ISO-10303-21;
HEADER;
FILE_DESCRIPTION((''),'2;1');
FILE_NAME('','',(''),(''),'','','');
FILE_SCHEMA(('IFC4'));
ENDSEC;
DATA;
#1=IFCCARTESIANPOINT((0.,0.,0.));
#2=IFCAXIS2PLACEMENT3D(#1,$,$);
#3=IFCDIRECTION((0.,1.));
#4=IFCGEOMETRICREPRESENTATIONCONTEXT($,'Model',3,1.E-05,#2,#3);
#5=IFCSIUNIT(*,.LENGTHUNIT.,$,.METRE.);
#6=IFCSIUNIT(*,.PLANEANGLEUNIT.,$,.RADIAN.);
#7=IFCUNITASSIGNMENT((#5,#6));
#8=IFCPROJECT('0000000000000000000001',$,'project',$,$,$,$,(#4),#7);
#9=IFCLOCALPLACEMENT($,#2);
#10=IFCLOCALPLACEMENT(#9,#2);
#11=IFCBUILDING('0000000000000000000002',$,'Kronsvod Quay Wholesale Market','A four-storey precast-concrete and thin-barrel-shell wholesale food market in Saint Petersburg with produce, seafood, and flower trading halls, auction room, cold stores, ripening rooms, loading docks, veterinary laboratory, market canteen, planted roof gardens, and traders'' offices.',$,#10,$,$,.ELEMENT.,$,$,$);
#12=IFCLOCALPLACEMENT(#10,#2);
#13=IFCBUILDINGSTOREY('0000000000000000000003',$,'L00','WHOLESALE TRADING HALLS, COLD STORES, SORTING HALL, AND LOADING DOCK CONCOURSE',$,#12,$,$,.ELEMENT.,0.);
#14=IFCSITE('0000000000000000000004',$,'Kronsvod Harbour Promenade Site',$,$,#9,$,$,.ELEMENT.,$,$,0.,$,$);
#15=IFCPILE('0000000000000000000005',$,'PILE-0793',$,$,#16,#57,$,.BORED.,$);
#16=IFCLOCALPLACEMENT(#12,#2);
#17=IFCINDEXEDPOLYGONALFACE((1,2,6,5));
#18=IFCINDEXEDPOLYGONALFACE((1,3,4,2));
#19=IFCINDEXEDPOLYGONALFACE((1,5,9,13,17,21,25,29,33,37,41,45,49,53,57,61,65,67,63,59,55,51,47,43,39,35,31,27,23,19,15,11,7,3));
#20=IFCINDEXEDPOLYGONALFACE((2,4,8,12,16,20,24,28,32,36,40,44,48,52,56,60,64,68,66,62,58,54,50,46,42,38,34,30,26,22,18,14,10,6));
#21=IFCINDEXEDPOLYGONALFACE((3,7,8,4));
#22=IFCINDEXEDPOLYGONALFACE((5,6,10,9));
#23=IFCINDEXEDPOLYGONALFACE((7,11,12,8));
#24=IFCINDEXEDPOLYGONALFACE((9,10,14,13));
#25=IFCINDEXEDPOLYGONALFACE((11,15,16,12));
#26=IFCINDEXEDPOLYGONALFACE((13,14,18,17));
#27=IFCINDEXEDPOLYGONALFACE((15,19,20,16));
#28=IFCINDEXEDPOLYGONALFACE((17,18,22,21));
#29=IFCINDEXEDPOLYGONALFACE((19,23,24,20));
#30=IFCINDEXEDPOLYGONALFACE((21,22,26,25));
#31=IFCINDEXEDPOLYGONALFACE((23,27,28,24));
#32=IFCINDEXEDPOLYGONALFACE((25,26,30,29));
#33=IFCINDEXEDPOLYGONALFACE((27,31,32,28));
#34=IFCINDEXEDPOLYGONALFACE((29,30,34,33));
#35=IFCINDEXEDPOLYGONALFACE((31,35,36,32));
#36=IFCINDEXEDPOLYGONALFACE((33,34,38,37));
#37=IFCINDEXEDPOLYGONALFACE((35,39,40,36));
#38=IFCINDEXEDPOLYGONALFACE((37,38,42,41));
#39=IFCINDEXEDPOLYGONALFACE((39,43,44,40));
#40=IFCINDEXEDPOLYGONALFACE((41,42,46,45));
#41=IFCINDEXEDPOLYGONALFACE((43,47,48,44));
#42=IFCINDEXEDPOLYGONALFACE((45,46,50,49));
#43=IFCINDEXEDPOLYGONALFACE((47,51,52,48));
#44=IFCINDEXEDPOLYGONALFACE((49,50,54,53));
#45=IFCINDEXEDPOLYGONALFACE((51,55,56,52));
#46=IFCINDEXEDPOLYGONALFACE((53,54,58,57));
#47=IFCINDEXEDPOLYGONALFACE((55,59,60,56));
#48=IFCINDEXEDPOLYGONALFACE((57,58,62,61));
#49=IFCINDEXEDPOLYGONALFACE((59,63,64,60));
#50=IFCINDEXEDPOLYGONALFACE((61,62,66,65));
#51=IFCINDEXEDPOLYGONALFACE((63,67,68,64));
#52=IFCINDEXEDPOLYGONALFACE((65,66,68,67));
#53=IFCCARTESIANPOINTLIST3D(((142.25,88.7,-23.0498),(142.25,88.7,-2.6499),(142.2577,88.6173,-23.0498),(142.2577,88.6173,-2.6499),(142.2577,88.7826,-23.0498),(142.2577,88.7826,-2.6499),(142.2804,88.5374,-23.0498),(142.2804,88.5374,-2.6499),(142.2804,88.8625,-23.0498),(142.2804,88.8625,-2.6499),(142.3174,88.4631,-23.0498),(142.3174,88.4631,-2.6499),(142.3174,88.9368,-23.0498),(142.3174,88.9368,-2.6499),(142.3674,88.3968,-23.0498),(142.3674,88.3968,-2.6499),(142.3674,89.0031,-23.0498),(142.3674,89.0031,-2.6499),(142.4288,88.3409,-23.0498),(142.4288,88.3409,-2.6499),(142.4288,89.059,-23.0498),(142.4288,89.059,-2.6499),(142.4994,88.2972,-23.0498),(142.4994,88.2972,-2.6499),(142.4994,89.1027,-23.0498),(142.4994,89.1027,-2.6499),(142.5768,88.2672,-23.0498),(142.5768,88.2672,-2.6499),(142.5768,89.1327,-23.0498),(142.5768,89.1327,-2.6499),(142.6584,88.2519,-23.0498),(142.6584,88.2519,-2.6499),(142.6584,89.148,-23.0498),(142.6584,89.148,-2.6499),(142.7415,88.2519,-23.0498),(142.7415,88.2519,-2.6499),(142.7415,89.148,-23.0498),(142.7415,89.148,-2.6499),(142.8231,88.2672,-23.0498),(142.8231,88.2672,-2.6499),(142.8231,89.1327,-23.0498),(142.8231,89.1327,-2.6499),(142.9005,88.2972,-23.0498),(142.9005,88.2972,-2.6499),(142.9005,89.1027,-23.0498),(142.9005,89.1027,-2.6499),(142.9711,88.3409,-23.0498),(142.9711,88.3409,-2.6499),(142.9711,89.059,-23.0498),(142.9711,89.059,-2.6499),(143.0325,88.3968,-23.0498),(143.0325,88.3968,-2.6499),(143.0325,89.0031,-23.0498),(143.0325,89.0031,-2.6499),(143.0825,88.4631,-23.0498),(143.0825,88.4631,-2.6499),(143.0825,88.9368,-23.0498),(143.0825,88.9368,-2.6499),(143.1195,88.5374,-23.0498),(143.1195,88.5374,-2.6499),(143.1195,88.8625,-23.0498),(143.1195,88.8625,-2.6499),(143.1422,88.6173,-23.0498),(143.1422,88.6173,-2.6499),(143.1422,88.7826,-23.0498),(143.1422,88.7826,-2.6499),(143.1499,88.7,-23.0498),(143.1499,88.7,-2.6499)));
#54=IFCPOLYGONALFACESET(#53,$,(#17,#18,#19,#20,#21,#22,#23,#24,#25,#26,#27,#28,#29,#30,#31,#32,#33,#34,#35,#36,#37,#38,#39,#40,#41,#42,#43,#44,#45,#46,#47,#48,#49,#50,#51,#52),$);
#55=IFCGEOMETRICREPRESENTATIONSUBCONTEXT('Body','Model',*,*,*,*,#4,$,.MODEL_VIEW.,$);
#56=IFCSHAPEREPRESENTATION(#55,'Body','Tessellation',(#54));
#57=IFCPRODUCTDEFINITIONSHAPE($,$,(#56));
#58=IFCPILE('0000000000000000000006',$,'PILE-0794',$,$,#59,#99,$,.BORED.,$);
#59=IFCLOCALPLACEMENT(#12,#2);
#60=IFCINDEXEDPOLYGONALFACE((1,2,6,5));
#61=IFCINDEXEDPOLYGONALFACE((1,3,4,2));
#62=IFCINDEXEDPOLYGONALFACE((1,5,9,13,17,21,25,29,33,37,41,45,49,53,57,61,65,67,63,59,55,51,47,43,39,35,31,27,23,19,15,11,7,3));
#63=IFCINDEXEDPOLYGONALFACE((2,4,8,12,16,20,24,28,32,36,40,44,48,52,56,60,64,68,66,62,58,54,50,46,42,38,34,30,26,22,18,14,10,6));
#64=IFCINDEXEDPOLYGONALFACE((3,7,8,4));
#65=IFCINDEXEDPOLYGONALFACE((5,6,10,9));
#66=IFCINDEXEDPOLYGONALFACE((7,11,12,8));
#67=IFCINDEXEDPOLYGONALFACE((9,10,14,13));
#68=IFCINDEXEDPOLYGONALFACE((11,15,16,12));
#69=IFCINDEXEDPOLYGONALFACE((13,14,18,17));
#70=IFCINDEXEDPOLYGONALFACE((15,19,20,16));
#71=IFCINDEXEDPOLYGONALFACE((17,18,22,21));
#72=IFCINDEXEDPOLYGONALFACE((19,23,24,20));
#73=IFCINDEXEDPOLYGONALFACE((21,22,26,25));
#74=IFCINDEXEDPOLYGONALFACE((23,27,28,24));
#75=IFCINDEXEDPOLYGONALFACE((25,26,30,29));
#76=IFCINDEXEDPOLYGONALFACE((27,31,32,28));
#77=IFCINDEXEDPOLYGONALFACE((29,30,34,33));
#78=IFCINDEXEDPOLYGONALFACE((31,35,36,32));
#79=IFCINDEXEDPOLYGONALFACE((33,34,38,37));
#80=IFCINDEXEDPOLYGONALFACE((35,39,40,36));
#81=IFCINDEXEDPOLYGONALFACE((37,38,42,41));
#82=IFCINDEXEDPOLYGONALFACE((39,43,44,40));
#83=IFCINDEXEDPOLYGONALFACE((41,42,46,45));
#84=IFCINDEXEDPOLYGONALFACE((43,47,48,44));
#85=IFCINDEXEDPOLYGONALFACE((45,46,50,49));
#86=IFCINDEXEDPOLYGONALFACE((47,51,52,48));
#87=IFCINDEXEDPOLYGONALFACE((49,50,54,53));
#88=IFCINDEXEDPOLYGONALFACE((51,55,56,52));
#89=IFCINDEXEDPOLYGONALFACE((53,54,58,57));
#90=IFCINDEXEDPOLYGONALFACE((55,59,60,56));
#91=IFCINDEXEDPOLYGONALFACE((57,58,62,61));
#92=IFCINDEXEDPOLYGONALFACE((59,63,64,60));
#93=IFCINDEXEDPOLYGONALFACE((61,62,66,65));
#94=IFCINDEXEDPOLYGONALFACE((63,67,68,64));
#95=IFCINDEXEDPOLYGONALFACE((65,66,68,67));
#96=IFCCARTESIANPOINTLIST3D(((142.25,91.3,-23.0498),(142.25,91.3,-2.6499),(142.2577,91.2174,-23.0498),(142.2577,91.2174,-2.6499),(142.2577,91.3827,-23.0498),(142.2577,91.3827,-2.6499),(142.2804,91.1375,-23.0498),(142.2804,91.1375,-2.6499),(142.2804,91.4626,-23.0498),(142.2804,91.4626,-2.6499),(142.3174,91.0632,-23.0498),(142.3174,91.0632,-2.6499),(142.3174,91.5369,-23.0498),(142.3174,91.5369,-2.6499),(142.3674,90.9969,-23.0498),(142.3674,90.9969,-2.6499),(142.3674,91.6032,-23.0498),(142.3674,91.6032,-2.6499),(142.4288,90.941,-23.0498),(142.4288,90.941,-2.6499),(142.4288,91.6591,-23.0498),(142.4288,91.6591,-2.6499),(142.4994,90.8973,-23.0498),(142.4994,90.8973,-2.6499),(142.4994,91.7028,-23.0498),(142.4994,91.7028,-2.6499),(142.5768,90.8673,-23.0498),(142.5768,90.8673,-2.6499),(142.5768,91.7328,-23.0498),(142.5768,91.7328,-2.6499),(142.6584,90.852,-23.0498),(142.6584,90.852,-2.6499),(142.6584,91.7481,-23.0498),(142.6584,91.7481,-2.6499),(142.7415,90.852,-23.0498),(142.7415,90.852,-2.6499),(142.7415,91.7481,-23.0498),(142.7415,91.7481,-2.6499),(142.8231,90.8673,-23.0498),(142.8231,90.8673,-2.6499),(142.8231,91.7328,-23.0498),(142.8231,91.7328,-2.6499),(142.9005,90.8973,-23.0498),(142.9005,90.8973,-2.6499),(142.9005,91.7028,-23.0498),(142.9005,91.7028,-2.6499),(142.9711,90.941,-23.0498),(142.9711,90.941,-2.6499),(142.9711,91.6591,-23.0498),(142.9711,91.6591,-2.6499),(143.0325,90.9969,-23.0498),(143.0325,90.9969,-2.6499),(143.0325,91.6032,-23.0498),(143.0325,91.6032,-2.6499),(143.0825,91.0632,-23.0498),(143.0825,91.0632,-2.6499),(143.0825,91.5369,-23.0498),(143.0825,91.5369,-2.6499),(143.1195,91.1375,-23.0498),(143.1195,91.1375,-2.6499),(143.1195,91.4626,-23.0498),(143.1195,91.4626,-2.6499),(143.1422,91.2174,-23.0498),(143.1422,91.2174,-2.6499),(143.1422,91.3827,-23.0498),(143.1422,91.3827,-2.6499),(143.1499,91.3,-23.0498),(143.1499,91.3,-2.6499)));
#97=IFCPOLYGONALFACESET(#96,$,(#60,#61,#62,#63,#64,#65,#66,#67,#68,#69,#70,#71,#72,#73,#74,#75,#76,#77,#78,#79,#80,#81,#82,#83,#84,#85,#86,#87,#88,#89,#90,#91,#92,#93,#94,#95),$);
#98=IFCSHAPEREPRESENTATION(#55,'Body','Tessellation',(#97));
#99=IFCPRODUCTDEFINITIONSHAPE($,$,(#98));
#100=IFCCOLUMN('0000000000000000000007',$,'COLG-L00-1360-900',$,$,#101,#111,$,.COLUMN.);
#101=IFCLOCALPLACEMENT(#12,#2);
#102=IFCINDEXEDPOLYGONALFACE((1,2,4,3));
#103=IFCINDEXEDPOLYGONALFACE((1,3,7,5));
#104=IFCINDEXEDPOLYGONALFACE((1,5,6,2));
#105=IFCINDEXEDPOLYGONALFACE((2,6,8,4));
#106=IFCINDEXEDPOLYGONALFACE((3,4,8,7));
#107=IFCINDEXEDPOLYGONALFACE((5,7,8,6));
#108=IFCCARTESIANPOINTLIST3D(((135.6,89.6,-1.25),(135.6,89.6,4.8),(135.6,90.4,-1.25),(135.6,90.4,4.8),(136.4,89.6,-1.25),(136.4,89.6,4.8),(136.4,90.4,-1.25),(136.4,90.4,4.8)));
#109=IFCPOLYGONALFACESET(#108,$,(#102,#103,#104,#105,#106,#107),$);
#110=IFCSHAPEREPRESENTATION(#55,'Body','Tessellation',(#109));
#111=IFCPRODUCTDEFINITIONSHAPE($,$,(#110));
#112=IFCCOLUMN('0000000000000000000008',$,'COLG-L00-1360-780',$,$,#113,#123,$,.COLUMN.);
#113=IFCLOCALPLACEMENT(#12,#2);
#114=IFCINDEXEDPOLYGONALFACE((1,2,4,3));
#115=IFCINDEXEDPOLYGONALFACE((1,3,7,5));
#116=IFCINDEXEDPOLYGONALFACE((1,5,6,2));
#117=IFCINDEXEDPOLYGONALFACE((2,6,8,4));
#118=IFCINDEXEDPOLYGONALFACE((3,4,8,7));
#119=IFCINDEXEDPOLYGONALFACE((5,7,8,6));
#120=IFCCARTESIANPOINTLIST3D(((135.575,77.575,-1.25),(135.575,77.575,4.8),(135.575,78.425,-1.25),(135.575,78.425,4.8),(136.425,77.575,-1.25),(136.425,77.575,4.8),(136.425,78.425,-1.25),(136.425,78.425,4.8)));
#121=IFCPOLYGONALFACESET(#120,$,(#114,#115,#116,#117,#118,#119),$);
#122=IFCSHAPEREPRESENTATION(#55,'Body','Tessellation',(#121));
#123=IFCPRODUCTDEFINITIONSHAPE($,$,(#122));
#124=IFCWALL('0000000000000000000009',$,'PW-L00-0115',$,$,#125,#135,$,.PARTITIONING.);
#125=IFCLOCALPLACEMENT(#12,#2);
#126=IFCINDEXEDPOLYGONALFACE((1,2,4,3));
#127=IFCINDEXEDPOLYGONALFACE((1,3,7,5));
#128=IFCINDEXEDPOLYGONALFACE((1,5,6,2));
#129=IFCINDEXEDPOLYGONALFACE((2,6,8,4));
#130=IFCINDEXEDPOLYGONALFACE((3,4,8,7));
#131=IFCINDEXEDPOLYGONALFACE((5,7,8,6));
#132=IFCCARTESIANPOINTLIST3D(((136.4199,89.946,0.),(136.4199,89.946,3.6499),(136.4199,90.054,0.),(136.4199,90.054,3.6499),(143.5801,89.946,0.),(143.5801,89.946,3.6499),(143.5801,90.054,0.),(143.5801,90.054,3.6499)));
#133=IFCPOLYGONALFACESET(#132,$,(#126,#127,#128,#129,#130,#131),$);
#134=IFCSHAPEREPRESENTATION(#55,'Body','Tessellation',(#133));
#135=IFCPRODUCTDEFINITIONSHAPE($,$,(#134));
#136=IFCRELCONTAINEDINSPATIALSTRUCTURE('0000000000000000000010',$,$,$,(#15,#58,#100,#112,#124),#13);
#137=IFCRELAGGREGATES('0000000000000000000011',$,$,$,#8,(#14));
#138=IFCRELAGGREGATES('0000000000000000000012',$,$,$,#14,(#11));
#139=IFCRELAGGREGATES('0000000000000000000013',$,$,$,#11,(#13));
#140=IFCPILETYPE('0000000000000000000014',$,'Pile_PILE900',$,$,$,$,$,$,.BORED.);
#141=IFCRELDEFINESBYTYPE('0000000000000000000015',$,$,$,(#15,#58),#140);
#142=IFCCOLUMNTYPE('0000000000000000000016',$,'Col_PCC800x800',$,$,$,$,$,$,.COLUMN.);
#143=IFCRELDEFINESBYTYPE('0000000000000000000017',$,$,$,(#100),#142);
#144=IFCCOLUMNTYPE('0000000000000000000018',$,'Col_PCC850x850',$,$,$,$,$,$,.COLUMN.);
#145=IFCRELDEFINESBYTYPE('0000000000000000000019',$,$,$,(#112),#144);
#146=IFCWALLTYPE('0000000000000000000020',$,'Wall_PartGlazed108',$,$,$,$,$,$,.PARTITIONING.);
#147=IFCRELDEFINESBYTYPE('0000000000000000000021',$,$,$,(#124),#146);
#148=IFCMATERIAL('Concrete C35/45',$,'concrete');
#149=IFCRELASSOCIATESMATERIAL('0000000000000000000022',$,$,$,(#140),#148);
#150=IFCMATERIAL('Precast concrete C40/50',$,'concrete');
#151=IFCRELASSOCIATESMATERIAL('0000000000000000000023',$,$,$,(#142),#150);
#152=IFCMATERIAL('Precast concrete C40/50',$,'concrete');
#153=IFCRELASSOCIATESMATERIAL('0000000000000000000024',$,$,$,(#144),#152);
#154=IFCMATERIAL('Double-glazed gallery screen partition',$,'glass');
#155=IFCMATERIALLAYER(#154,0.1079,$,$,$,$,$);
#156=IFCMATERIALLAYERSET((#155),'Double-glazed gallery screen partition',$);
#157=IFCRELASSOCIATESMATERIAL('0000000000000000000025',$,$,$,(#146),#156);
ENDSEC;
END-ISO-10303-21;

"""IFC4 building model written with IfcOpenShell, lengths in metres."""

from ifc_helpers import new_model, si_unit, direction, frame, frame_2d, origin, origin_2d, place, context, subcontext, project, spatial, rectangle, circle, extrude, material, layer, layer_set, material_profile, profile_set, type_object, element, save


model = new_model("IFC4")

# Units and contexts
model_context = context("Model", 3, precision=1e-05, world=origin(), true_north=direction((0.0, 1.0)))
body_context = subcontext(model_context, "Body", "Model", "MODEL_VIEW")
ifc_project = project(units=[si_unit("LENGTHUNIT", "METRE"), si_unit("PLANEANGLEUNIT", "RADIAN")], contexts=[model_context])

# Site, building, storey
site_placement = place(None, origin())
site = spatial("IfcSite", under=ifc_project, at=site_placement, Name="Kronsvod Harbour Promenade Site", CompositionType="ELEMENT", RefElevation=0.0)
building_placement = place(site_placement, origin())
building = spatial("IfcBuilding", under=site, at=building_placement, Name="Kronsvod Quay Wholesale Market", Description="A four-storey precast-concrete and thin-barrel-shell wholesale food market in Saint Petersburg with produce, seafood, and flower trading halls, auction room, cold stores, ripening rooms, loading docks, veterinary laboratory, market canteen, planted roof gardens, and traders' offices.", CompositionType="ELEMENT")
storey_placement = place(building_placement, origin())
storey = spatial("IfcBuildingStorey", under=building, at=storey_placement, Name="L00", Description="WHOLESALE TRADING HALLS, COLD STORES, SORTING HALL, AND LOADING DOCK CONCOURSE", CompositionType="ELEMENT", Elevation=0.0)

# Piles
ifc_material_1 = material(Name="Concrete C35/45", Category="concrete")
ifc_material_profile_1 = material_profile(ifc_material_1, circle(Radius=0.45, at=origin_2d()), Name="PILE900")
ifc_profile_set_1 = profile_set([ifc_material_profile_1], Name="Concrete C35/45")
pile_type_1 = type_object("IfcPileType", Name="Pile_PILE900", PredefinedType="BORED", material=ifc_profile_set_1)
for number, where, z_axis, x_axis, name in (
    (1, (142.7, 88.7, -2.6499), (0.0, 0.0, -1.0), (1.0, 0.0, 0.0), "PILE-0793"),
    (2, (142.7, 91.3, -2.6499), (0.0, 0.0, -1.0), (1.0, 0.0, 0.0), "PILE-0794"),
):
    element("IfcPile", number, at=place(storey_placement, frame(where, z_axis=z_axis, x_axis=x_axis)), inside=storey, type_object=pile_type_1, Name=name, PredefinedType="BORED", context=body_context, shape_type="SweptSolid", body=[
        extrude(circle(Radius=0.45, at=origin_2d()), origin(), (0.0, 0.0, 1.0), 20.3999),
    ])

# Columns
ifc_material_2 = material(Name="Precast concrete C40/50", Category="concrete")
ifc_material_profile_2 = material_profile(ifc_material_2, rectangle(XDim=0.8, YDim=0.8, at=origin_2d()), Name="PCC800x800")
ifc_profile_set_2 = profile_set([ifc_material_profile_2], Name="Precast concrete C40/50")
column_type_1 = type_object("IfcColumnType", Name="Col_PCC800x800", PredefinedType="COLUMN", material=ifc_profile_set_2)
column_1_placement = place(storey_placement, frame((136.0, 90.0, -1.25), z_axis=(0.0, 0.0, 1.0), x_axis=(1.0, 0.0, 0.0)))
element("IfcColumn", 3, at=column_1_placement, inside=storey, type_object=column_type_1, Name="COLG-L00-1360-900", PredefinedType="COLUMN", context=body_context, shape_type="SweptSolid", body=[
    extrude(rectangle(XDim=0.8, YDim=0.8, at=origin_2d()), origin(), (0.0, 0.0, 1.0), 6.05),
])
ifc_material_3 = material(Name="Precast concrete C40/50", Category="concrete")
ifc_material_profile_3 = material_profile(ifc_material_3, rectangle(XDim=0.8501, YDim=0.8501, at=origin_2d()), Name="COL-06")
ifc_profile_set_3 = profile_set([ifc_material_profile_3], Name="Precast concrete C40/50")
column_type_2 = type_object("IfcColumnType", Name="Col_PCC850x850", PredefinedType="COLUMN", material=ifc_profile_set_3)
column_2_placement = place(storey_placement, frame((136.0, 78.0, -1.25), z_axis=(0.0, 0.0, 1.0), x_axis=(1.0, 0.0, 0.0)))
element("IfcColumn", 4, at=column_2_placement, inside=storey, type_object=column_type_2, Name="COLG-L00-1360-780", PredefinedType="COLUMN", context=body_context, shape_type="SweptSolid", body=[
    extrude(rectangle(XDim=0.8501, YDim=0.8501, at=origin_2d()), origin(), (0.0, 0.0, 1.0), 6.05),
])

# Wall
ifc_material_4 = material(Name="Double-glazed gallery screen partition", Category="glass")
ifc_layer = layer(ifc_material_4, 0.1079)
ifc_layer_set = layer_set([ifc_layer], Name="Double-glazed gallery screen partition")
wall_type = type_object("IfcWallType", Name="Wall_PartGlazed108", PredefinedType="PARTITIONING", material=ifc_layer_set)
wall_placement = place(storey_placement, frame((136.4199, 90.0, 0.0), z_axis=(0.0, 0.0, 1.0), x_axis=(1.0, 0.0, 0.0)))
element("IfcWall", 5, at=wall_placement, inside=storey, type_object=wall_type, Name="PW-L00-0115", PredefinedType="PARTITIONING", context=body_context, shape_type="SweptSolid", body=[
    extrude(rectangle(XDim=7.1602, YDim=0.1079, at=frame_2d((3.5801, 0.0))), origin(), (0.0, 0.0, 1.0), 3.6499),
])

save(model, "model.ifc")
